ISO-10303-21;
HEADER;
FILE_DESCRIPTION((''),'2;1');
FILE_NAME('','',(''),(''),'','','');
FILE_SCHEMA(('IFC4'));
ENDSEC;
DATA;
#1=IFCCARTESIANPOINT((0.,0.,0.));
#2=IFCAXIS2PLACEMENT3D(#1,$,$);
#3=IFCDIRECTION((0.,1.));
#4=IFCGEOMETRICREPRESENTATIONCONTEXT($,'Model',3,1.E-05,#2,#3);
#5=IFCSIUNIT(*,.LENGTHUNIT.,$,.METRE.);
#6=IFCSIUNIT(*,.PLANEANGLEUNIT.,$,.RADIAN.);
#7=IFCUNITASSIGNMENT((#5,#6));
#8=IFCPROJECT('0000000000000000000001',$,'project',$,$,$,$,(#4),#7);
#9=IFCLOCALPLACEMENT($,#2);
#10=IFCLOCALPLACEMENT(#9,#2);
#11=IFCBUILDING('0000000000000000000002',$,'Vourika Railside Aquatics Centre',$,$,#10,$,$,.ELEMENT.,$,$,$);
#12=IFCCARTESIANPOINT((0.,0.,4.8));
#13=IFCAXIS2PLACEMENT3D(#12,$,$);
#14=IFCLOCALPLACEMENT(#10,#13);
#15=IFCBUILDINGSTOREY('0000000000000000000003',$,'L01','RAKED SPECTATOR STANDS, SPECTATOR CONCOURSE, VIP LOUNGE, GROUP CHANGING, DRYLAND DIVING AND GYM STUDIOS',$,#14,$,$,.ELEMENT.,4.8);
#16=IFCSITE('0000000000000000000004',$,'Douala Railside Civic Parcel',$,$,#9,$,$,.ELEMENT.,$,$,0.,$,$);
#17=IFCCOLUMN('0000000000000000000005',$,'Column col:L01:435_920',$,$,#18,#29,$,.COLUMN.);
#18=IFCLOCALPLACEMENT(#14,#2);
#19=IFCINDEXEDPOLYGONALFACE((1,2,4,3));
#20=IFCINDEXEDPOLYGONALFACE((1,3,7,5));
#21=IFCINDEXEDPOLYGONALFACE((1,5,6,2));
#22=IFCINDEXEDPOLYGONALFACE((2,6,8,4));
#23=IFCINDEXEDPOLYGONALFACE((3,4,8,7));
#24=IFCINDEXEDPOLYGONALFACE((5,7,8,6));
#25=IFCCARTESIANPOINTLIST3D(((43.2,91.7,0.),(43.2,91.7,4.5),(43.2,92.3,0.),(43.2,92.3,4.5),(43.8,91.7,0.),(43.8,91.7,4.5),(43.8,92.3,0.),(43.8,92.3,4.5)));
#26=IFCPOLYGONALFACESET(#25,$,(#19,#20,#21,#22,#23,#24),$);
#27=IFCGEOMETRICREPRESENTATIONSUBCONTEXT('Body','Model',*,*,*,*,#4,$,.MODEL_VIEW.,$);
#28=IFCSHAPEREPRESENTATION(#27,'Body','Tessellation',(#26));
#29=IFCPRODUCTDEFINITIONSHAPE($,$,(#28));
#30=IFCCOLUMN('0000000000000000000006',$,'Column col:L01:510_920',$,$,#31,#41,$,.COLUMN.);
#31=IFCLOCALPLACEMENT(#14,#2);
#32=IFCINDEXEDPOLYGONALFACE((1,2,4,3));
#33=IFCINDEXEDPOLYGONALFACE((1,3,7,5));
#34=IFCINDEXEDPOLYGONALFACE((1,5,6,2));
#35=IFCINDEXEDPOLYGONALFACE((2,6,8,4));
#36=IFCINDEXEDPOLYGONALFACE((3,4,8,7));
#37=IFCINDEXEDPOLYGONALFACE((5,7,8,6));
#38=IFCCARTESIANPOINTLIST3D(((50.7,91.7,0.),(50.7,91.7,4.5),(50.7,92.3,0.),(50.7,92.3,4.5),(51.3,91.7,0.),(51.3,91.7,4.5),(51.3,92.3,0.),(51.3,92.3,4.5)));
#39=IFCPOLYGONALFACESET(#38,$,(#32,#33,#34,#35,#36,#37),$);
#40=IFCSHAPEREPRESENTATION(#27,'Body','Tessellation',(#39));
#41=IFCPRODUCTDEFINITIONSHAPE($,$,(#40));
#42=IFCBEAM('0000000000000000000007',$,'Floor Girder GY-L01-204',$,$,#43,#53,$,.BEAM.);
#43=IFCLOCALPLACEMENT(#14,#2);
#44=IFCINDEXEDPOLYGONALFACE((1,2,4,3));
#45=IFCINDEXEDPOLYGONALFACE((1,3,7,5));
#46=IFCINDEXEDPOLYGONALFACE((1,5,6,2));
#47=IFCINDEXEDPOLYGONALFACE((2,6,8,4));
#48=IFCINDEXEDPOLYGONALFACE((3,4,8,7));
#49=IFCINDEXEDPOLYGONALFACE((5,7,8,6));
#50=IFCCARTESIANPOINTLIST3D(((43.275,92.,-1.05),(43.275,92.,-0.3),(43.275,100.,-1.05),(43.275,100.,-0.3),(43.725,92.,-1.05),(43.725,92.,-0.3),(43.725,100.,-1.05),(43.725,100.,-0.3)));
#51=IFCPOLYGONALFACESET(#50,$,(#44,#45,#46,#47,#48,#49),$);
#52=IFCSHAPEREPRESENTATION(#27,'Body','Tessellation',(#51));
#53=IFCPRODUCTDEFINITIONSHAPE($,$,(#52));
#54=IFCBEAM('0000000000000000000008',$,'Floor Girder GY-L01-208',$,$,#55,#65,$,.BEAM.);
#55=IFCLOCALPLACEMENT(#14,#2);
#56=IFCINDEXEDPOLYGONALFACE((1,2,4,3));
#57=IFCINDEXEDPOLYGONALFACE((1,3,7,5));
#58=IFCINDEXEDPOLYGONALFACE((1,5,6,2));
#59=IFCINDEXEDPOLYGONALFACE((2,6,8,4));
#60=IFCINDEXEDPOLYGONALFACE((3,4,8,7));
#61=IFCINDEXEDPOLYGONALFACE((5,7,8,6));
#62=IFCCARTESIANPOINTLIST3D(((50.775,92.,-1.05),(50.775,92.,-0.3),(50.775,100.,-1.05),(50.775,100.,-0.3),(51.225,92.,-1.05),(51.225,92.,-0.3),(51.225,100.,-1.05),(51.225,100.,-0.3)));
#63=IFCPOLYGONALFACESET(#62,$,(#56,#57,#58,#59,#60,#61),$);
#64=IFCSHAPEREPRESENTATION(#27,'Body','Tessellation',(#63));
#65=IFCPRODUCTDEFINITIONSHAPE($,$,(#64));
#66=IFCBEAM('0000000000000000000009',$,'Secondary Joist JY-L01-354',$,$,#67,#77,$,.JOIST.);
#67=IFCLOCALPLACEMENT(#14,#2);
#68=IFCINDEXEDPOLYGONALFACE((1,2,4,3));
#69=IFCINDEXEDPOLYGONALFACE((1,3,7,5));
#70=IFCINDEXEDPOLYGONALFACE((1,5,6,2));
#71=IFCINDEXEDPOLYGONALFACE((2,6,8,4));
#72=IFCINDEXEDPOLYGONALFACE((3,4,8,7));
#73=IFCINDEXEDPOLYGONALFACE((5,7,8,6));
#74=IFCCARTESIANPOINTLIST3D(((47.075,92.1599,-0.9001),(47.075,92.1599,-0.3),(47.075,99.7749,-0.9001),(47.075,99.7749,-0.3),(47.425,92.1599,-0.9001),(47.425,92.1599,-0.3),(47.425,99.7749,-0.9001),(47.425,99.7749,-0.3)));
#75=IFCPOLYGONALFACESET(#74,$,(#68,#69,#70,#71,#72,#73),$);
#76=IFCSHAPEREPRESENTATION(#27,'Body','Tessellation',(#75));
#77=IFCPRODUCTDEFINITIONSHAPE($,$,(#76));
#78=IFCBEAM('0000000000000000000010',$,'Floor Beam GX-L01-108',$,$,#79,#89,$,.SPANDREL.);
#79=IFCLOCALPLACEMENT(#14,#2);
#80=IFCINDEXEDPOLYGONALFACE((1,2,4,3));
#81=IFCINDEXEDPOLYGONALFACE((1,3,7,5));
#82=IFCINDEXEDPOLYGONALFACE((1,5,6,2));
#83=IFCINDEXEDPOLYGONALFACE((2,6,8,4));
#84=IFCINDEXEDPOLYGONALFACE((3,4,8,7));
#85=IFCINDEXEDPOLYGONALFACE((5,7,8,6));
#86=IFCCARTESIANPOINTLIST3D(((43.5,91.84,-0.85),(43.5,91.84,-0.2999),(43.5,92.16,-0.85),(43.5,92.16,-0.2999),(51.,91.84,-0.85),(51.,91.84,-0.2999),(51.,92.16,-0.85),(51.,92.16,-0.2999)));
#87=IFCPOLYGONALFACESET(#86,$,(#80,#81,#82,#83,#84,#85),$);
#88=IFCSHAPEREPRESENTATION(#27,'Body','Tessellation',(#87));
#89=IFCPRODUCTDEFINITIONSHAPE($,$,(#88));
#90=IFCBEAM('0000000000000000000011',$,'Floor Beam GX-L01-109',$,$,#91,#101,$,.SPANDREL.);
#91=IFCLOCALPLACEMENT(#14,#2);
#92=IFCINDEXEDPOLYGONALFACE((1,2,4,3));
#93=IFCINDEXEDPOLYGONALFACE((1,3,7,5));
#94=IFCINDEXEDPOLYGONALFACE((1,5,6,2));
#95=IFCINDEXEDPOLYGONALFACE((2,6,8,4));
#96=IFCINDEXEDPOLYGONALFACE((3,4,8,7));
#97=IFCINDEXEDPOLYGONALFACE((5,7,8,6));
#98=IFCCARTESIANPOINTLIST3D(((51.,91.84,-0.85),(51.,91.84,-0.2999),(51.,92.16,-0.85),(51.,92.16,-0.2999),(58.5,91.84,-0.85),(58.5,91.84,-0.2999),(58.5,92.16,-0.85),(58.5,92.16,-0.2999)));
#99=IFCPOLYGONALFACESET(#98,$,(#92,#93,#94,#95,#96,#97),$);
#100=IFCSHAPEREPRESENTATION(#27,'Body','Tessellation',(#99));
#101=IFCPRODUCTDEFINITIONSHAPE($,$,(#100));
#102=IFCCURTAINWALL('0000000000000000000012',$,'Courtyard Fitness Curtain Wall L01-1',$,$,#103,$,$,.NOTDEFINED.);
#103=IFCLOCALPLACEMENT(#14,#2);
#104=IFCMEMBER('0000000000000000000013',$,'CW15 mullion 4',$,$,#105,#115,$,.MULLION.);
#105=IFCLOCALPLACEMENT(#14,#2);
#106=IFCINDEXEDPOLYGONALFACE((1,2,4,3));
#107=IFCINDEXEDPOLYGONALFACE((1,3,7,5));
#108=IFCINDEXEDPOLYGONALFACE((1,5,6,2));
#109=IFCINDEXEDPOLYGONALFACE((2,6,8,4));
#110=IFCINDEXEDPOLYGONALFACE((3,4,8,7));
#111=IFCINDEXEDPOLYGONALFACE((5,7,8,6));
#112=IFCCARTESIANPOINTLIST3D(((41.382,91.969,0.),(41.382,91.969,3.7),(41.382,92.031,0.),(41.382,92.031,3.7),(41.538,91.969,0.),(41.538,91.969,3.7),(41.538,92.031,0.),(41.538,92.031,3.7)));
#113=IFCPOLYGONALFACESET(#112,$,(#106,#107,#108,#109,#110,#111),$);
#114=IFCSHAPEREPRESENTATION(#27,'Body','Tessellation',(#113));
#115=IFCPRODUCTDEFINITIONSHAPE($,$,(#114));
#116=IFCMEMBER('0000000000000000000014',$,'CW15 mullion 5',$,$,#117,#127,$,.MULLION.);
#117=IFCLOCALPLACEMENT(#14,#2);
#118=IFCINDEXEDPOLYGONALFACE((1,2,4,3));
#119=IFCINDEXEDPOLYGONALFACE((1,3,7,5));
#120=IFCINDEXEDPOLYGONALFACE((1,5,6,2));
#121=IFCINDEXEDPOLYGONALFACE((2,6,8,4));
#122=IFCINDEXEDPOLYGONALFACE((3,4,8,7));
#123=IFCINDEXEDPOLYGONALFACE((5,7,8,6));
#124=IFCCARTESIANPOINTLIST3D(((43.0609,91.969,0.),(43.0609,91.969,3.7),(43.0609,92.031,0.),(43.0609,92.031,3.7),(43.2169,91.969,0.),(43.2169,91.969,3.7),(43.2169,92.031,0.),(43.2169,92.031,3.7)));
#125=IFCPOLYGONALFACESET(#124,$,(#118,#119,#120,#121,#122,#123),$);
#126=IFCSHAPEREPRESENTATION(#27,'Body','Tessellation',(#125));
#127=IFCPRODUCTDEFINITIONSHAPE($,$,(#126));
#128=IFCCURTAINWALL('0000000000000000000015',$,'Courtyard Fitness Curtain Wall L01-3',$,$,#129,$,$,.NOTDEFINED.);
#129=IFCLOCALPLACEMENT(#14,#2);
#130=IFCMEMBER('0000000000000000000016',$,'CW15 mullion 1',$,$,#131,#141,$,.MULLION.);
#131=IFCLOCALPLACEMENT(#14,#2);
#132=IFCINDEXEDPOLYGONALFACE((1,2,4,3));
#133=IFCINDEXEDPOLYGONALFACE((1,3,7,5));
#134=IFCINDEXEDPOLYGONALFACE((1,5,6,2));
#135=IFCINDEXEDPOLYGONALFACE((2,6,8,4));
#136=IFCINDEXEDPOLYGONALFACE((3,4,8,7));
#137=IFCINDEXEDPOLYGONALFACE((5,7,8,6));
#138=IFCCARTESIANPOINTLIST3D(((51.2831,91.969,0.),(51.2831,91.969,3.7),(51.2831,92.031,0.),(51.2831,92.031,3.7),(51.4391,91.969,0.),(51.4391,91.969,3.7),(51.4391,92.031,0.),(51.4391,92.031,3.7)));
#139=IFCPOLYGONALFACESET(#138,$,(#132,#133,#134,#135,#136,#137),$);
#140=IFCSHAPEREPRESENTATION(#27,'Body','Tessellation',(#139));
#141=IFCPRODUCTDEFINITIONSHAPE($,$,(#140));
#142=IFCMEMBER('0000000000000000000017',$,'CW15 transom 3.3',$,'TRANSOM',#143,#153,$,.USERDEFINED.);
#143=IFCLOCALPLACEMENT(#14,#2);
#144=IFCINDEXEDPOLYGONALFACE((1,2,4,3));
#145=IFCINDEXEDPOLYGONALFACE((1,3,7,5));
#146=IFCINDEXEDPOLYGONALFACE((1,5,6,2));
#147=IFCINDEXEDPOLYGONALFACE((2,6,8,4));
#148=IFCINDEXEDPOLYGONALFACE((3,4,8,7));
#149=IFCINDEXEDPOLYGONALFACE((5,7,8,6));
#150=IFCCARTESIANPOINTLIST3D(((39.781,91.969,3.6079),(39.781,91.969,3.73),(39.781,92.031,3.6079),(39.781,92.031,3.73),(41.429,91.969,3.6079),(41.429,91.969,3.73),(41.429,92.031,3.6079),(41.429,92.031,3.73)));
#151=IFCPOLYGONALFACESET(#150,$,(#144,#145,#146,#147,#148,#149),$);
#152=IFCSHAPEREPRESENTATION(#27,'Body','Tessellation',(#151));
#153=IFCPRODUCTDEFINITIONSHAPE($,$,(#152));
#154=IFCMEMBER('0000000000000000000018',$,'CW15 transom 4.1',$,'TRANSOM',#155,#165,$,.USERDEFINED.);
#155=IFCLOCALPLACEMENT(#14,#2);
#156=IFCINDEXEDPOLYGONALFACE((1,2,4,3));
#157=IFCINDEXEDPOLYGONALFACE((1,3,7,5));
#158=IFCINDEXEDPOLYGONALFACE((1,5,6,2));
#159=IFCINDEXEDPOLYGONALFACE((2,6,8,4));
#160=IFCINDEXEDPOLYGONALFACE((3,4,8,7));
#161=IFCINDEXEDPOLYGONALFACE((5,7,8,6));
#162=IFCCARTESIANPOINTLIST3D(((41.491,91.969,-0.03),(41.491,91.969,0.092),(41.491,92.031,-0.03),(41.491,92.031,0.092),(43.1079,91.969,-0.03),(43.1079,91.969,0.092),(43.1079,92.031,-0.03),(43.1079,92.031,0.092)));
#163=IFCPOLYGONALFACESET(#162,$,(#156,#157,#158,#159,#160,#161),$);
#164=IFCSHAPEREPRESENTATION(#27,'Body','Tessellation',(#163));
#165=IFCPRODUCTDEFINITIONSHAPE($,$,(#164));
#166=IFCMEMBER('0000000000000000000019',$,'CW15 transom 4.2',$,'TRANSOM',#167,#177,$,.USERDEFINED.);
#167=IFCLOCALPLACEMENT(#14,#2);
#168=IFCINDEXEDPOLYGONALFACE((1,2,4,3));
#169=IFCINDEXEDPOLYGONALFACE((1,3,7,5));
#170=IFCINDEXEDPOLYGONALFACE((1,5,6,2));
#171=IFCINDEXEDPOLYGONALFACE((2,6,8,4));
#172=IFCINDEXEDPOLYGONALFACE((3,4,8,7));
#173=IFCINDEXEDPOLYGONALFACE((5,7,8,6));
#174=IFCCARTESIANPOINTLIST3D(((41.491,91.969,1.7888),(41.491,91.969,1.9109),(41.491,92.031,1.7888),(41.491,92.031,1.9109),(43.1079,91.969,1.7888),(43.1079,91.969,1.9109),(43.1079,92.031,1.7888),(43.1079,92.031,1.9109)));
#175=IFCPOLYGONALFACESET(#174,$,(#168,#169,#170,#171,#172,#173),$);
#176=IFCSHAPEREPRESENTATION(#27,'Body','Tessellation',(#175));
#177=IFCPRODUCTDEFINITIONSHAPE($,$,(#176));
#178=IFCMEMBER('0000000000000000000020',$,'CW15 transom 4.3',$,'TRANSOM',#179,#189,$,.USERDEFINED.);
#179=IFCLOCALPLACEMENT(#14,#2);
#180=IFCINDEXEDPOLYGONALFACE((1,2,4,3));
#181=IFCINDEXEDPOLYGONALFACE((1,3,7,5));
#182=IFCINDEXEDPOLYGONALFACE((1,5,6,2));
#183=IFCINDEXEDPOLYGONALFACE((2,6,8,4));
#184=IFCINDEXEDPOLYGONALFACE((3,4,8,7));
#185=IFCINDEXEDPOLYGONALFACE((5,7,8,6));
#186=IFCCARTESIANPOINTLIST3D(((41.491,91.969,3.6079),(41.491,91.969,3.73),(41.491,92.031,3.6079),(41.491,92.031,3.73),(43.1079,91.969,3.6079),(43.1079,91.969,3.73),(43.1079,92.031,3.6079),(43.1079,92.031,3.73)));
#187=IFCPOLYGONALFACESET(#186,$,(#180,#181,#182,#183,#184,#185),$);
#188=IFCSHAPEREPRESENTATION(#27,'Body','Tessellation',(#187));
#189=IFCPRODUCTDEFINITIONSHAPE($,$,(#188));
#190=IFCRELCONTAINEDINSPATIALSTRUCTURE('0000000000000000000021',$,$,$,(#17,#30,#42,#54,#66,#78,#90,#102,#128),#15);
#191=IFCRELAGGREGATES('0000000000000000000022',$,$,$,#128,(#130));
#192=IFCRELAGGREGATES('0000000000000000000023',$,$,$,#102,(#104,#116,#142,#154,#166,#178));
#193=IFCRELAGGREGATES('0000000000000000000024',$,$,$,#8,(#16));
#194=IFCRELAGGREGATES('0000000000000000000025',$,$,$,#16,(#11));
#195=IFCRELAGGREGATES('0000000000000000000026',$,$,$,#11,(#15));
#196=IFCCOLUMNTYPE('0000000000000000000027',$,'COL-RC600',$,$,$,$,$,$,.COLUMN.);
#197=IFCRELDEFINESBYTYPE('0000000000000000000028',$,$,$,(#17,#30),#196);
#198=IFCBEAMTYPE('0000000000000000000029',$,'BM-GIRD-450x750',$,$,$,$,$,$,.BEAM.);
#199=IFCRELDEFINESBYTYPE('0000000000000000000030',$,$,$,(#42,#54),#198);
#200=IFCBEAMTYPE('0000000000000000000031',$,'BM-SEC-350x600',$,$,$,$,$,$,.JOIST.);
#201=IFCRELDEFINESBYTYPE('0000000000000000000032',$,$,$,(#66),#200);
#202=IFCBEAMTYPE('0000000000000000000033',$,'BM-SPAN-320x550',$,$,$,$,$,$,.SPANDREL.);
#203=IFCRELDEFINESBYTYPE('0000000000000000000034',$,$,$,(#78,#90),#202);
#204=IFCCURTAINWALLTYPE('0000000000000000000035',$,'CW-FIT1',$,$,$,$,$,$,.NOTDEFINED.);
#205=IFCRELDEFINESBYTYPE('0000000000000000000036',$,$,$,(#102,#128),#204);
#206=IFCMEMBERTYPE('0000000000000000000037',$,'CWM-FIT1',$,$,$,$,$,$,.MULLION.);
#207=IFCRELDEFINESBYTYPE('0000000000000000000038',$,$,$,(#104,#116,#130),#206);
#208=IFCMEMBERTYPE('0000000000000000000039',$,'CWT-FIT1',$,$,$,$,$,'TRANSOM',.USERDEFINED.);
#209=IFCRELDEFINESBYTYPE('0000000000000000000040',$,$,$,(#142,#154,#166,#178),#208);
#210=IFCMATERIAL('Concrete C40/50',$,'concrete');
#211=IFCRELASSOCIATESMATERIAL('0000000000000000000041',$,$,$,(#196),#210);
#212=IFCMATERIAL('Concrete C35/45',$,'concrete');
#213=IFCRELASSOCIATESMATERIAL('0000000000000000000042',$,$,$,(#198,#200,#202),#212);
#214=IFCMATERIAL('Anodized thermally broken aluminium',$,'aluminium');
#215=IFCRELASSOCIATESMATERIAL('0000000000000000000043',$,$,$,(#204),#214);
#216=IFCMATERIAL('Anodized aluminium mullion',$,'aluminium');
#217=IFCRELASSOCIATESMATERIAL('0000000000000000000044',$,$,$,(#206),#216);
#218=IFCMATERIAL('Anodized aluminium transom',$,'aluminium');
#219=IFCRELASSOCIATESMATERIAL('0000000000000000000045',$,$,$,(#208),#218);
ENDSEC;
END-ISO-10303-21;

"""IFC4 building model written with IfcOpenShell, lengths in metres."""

from ifc_helpers import new_model, si_unit, direction, frame, origin, origin_2d, place, context, subcontext, project, spatial, rectangle, extrude, material, material_profile, profile_set, type_object, element, aggregate, save


model = new_model("IFC4")

# Units and contexts
model_context = context("Model", 3, precision=1e-05, world=origin(), true_north=direction((0.0, 1.0)))
body_context = subcontext(model_context, "Body", "Model", "MODEL_VIEW")
ifc_project = project(units=[si_unit("LENGTHUNIT", "METRE"), si_unit("PLANEANGLEUNIT", "RADIAN")], contexts=[model_context])

# Site, building, storey
site_placement = place(None, origin())
site = spatial("IfcSite", under=ifc_project, at=site_placement, Name="Douala Railside Civic Parcel", CompositionType="ELEMENT", RefElevation=0.0)
building_placement = place(site_placement, origin())
building = spatial("IfcBuilding", under=site, at=building_placement, Name="Vourika Railside Aquatics Centre", CompositionType="ELEMENT")
storey_placement = place(building_placement, frame((0.0, 0.0, 4.8)))
storey = spatial("IfcBuildingStorey", under=building, at=storey_placement, Name="L01", Description="RAKED SPECTATOR STANDS, SPECTATOR CONCOURSE, VIP LOUNGE, GROUP CHANGING, DRYLAND DIVING AND GYM STUDIOS", CompositionType="ELEMENT", Elevation=4.8)

# Columns
ifc_material_1 = material(Name="Concrete C40/50", Category="concrete")
ifc_material_profile_1 = material_profile(ifc_material_1, rectangle(XDim=0.6001, YDim=0.6001, at=origin_2d()), Name="RC 600x600")
ifc_profile_set_1 = profile_set([ifc_material_profile_1], Name="Concrete C40/50")
column_type = type_object("IfcColumnType", Name="COL-RC600", PredefinedType="COLUMN", material=ifc_profile_set_1)
for number, where, z_axis, x_axis, name in (
    (1, (43.5, 92.0, 0.0), (0.0, 0.0, 1.0), (1.0, 0.0, 0.0), "Column col:L01:435_920"),
    (2, (51.0, 92.0, 0.0), (0.0, 0.0, 1.0), (1.0, 0.0, 0.0), "Column col:L01:510_920"),
):
    element("IfcColumn", number, at=place(storey_placement, frame(where, z_axis=z_axis, x_axis=x_axis)), inside=storey, type_object=column_type, Name=name, PredefinedType="COLUMN", context=body_context, shape_type="SweptSolid", body=[
        extrude(rectangle(XDim=0.6001, YDim=0.6001, at=origin_2d()), origin(), (0.0, 0.0, 1.0), 4.5),
    ])

# Beams
ifc_material_2 = material(Name="Concrete C35/45", Category="concrete")
ifc_material_profile_2 = material_profile(ifc_material_2, rectangle(XDim=0.45, YDim=0.75, at=origin_2d()), Name="RC 450x750")
ifc_profile_set_2 = profile_set([ifc_material_profile_2], Name="Concrete C35/45")
beam_type_1 = type_object("IfcBeamType", Name="BM-GIRD-450x750", PredefinedType="BEAM", material=ifc_profile_set_2)
for number, where, z_axis, x_axis, name in (
    (3, (43.5, 92.0, -0.675), (0.0, 1.0, 0.0), (-1.0, 0.0, 0.0), "Floor Girder GY-L01-204"),
    (4, (51.0, 92.0, -0.675), (0.0, 1.0, 0.0), (-1.0, 0.0, 0.0), "Floor Girder GY-L01-208"),
):
    element("IfcBeam", number, at=place(storey_placement, frame(where, z_axis=z_axis, x_axis=x_axis)), inside=storey, type_object=beam_type_1, Name=name, PredefinedType="BEAM", context=body_context, shape_type="SweptSolid", body=[
        extrude(rectangle(XDim=0.45, YDim=0.75, at=origin_2d()), origin(), (0.0, 0.0, 1.0), 8.0),
    ])
ifc_material_profile_3 = material_profile(ifc_material_2, rectangle(XDim=0.3501, YDim=0.6001, at=origin_2d()), Name="RC 350x600")
ifc_profile_set_3 = profile_set([ifc_material_profile_3], Name="Concrete C35/45")
beam_type_2 = type_object("IfcBeamType", Name="BM-SEC-350x600", PredefinedType="JOIST", material=ifc_profile_set_3)
beam_placement = place(storey_placement, frame((47.25, 92.1599, -0.6001), z_axis=(0.0, 1.0, 0.0), x_axis=(-1.0, 0.0, 0.0)))
element("IfcBeam", 5, at=beam_placement, inside=storey, type_object=beam_type_2, Name="Secondary Joist JY-L01-354", PredefinedType="JOIST", context=body_context, shape_type="SweptSolid", body=[
    extrude(rectangle(XDim=0.3501, YDim=0.6001, at=origin_2d()), origin(), (0.0, 0.0, 1.0), 7.615),
])
ifc_material_profile_4 = material_profile(ifc_material_2, rectangle(XDim=0.3201, YDim=0.55, at=origin_2d()), Name="RC 320x550")
ifc_profile_set_4 = profile_set([ifc_material_profile_4], Name="Concrete C35/45")
beam_type_3 = type_object("IfcBeamType", Name="BM-SPAN-320x550", PredefinedType="SPANDREL", material=ifc_profile_set_4)
for number, where, z_axis, x_axis, name in (
    (6, (43.5, 92.0, -0.575), (1.0, 0.0, 0.0), (0.0, 1.0, 0.0), "Floor Beam GX-L01-108"),
    (7, (51.0, 92.0, -0.575), (1.0, 0.0, 0.0), (0.0, 1.0, 0.0), "Floor Beam GX-L01-109"),
):
    element("IfcBeam", number, at=place(storey_placement, frame(where, z_axis=z_axis, x_axis=x_axis)), inside=storey, type_object=beam_type_3, Name=name, PredefinedType="SPANDREL", context=body_context, shape_type="SweptSolid", body=[
        extrude(rectangle(XDim=0.3201, YDim=0.55, at=origin_2d()), origin(), (0.0, 0.0, 1.0), 7.5),
    ])

# Curtain wall, members
ifc_material_3 = material(Name="Anodized thermally broken aluminium", Category="aluminium")
curtain_wall_type = type_object("IfcCurtainWallType", Name="CW-FIT1", PredefinedType="NOTDEFINED", material=ifc_material_3)
curtain_wall_1_placement = place(storey_placement, origin())
curtain_wall_1 = element("IfcCurtainWall", 8, at=curtain_wall_1_placement, inside=storey, type_object=curtain_wall_type, Name="Courtyard Fitness Curtain Wall L01-1", PredefinedType="NOTDEFINED")
ifc_material_4 = material(Name="Anodized aluminium mullion", Category="aluminium")
ifc_material_profile_5 = material_profile(ifc_material_4, rectangle(XDim=0.062, YDim=0.156, at=origin_2d()), Name="ALU-M 62x156")
ifc_profile_set_5 = profile_set([ifc_material_profile_5], Name="Anodized aluminium mullion")
member_type_1 = type_object("IfcMemberType", Name="CWM-FIT1", PredefinedType="MULLION", material=ifc_profile_set_5)
member_1_placement = place(storey_placement, frame((41.46, 92.0, 0.0), z_axis=(0.0, 0.0, 1.0), x_axis=(0.0, 1.0, 0.0)))
member_1 = element("IfcMember", 9, at=member_1_placement, type_object=member_type_1, Name="CW15 mullion 4", PredefinedType="MULLION", context=body_context, shape_type="SweptSolid", body=[
    extrude(rectangle(XDim=0.062, YDim=0.156, at=origin_2d()), origin(), (0.0, 0.0, 1.0), 3.7),
])
member_2_placement = place(storey_placement, frame((43.1389, 92.0, 0.0), z_axis=(0.0, 0.0, 1.0), x_axis=(0.0, 1.0, 0.0)))
member_2 = element("IfcMember", 10, at=member_2_placement, type_object=member_type_1, Name="CW15 mullion 5", PredefinedType="MULLION", context=body_context, shape_type="SweptSolid", body=[
    extrude(rectangle(XDim=0.062, YDim=0.156, at=origin_2d()), origin(), (0.0, 0.0, 1.0), 3.7),
])

# Curtain wall, member
curtain_wall_2_placement = place(storey_placement, origin())
curtain_wall_2 = element("IfcCurtainWall", 11, at=curtain_wall_2_placement, inside=storey, type_object=curtain_wall_type, Name="Courtyard Fitness Curtain Wall L01-3", PredefinedType="NOTDEFINED")
member_3_placement = place(storey_placement, frame((51.3611, 92.0, 0.0), z_axis=(0.0, 0.0, 1.0), x_axis=(0.0, 1.0, 0.0)))
member_3 = element("IfcMember", 12, at=member_3_placement, type_object=member_type_1, Name="CW15 mullion 1", PredefinedType="MULLION", context=body_context, shape_type="SweptSolid", body=[
    extrude(rectangle(XDim=0.062, YDim=0.156, at=origin_2d()), origin(), (0.0, 0.0, 1.0), 3.7),
])

# Members
ifc_material_5 = material(Name="Anodized aluminium transom", Category="aluminium")
ifc_material_profile_6 = material_profile(ifc_material_5, rectangle(XDim=0.062, YDim=0.1221, at=origin_2d()), Name="ALU-T 62x122")
ifc_profile_set_6 = profile_set([ifc_material_profile_6], Name="Anodized aluminium transom")
member_type_2 = type_object("IfcMemberType", Name="CWT-FIT1", ElementType="TRANSOM", PredefinedType="USERDEFINED", material=ifc_profile_set_6)
member_4_placement = place(storey_placement, frame((39.781, 92.0, 3.6689), z_axis=(1.0, 0.0, 0.0), x_axis=(0.0, 1.0, 0.0)))
member_4 = element("IfcMember", 13, at=member_4_placement, type_object=member_type_2, Name="CW15 transom 3.3", ObjectType="TRANSOM", PredefinedType="USERDEFINED", context=body_context, shape_type="SweptSolid", body=[
    extrude(rectangle(XDim=0.062, YDim=0.1221, at=origin_2d()), origin(), (0.0, 0.0, 1.0), 1.6479),
])
member_5_placement = place(storey_placement, frame((41.491, 92.0, 0.031), z_axis=(1.0, 0.0, 0.0), x_axis=(0.0, 1.0, 0.0)))
member_5 = element("IfcMember", 14, at=member_5_placement, type_object=member_type_2, Name="CW15 transom 4.1", ObjectType="TRANSOM", PredefinedType="USERDEFINED", context=body_context, shape_type="SweptSolid", body=[
    extrude(rectangle(XDim=0.062, YDim=0.1221, at=origin_2d()), origin(), (0.0, 0.0, 1.0), 1.6169),
])
member_6_placement = place(storey_placement, frame((41.491, 92.0, 1.8499), z_axis=(1.0, 0.0, 0.0), x_axis=(0.0, 1.0, 0.0)))
member_6 = element("IfcMember", 15, at=member_6_placement, type_object=member_type_2, Name="CW15 transom 4.2", ObjectType="TRANSOM", PredefinedType="USERDEFINED", context=body_context, shape_type="SweptSolid", body=[
    extrude(rectangle(XDim=0.062, YDim=0.1221, at=origin_2d()), origin(), (0.0, 0.0, 1.0), 1.6169),
])
member_7_placement = place(storey_placement, frame((41.491, 92.0, 3.6689), z_axis=(1.0, 0.0, 0.0), x_axis=(0.0, 1.0, 0.0)))
member_7 = element("IfcMember", 16, at=member_7_placement, type_object=member_type_2, Name="CW15 transom 4.3", ObjectType="TRANSOM", PredefinedType="USERDEFINED", context=body_context, shape_type="SweptSolid", body=[
    extrude(rectangle(XDim=0.062, YDim=0.1221, at=origin_2d()), origin(), (0.0, 0.0, 1.0), 1.6169),
])
aggregate(curtain_wall_2, [member_3])

aggregate(curtain_wall_1, [member_1, member_2, member_4, member_5, member_6, member_7])

save(model, "model.ifc")
